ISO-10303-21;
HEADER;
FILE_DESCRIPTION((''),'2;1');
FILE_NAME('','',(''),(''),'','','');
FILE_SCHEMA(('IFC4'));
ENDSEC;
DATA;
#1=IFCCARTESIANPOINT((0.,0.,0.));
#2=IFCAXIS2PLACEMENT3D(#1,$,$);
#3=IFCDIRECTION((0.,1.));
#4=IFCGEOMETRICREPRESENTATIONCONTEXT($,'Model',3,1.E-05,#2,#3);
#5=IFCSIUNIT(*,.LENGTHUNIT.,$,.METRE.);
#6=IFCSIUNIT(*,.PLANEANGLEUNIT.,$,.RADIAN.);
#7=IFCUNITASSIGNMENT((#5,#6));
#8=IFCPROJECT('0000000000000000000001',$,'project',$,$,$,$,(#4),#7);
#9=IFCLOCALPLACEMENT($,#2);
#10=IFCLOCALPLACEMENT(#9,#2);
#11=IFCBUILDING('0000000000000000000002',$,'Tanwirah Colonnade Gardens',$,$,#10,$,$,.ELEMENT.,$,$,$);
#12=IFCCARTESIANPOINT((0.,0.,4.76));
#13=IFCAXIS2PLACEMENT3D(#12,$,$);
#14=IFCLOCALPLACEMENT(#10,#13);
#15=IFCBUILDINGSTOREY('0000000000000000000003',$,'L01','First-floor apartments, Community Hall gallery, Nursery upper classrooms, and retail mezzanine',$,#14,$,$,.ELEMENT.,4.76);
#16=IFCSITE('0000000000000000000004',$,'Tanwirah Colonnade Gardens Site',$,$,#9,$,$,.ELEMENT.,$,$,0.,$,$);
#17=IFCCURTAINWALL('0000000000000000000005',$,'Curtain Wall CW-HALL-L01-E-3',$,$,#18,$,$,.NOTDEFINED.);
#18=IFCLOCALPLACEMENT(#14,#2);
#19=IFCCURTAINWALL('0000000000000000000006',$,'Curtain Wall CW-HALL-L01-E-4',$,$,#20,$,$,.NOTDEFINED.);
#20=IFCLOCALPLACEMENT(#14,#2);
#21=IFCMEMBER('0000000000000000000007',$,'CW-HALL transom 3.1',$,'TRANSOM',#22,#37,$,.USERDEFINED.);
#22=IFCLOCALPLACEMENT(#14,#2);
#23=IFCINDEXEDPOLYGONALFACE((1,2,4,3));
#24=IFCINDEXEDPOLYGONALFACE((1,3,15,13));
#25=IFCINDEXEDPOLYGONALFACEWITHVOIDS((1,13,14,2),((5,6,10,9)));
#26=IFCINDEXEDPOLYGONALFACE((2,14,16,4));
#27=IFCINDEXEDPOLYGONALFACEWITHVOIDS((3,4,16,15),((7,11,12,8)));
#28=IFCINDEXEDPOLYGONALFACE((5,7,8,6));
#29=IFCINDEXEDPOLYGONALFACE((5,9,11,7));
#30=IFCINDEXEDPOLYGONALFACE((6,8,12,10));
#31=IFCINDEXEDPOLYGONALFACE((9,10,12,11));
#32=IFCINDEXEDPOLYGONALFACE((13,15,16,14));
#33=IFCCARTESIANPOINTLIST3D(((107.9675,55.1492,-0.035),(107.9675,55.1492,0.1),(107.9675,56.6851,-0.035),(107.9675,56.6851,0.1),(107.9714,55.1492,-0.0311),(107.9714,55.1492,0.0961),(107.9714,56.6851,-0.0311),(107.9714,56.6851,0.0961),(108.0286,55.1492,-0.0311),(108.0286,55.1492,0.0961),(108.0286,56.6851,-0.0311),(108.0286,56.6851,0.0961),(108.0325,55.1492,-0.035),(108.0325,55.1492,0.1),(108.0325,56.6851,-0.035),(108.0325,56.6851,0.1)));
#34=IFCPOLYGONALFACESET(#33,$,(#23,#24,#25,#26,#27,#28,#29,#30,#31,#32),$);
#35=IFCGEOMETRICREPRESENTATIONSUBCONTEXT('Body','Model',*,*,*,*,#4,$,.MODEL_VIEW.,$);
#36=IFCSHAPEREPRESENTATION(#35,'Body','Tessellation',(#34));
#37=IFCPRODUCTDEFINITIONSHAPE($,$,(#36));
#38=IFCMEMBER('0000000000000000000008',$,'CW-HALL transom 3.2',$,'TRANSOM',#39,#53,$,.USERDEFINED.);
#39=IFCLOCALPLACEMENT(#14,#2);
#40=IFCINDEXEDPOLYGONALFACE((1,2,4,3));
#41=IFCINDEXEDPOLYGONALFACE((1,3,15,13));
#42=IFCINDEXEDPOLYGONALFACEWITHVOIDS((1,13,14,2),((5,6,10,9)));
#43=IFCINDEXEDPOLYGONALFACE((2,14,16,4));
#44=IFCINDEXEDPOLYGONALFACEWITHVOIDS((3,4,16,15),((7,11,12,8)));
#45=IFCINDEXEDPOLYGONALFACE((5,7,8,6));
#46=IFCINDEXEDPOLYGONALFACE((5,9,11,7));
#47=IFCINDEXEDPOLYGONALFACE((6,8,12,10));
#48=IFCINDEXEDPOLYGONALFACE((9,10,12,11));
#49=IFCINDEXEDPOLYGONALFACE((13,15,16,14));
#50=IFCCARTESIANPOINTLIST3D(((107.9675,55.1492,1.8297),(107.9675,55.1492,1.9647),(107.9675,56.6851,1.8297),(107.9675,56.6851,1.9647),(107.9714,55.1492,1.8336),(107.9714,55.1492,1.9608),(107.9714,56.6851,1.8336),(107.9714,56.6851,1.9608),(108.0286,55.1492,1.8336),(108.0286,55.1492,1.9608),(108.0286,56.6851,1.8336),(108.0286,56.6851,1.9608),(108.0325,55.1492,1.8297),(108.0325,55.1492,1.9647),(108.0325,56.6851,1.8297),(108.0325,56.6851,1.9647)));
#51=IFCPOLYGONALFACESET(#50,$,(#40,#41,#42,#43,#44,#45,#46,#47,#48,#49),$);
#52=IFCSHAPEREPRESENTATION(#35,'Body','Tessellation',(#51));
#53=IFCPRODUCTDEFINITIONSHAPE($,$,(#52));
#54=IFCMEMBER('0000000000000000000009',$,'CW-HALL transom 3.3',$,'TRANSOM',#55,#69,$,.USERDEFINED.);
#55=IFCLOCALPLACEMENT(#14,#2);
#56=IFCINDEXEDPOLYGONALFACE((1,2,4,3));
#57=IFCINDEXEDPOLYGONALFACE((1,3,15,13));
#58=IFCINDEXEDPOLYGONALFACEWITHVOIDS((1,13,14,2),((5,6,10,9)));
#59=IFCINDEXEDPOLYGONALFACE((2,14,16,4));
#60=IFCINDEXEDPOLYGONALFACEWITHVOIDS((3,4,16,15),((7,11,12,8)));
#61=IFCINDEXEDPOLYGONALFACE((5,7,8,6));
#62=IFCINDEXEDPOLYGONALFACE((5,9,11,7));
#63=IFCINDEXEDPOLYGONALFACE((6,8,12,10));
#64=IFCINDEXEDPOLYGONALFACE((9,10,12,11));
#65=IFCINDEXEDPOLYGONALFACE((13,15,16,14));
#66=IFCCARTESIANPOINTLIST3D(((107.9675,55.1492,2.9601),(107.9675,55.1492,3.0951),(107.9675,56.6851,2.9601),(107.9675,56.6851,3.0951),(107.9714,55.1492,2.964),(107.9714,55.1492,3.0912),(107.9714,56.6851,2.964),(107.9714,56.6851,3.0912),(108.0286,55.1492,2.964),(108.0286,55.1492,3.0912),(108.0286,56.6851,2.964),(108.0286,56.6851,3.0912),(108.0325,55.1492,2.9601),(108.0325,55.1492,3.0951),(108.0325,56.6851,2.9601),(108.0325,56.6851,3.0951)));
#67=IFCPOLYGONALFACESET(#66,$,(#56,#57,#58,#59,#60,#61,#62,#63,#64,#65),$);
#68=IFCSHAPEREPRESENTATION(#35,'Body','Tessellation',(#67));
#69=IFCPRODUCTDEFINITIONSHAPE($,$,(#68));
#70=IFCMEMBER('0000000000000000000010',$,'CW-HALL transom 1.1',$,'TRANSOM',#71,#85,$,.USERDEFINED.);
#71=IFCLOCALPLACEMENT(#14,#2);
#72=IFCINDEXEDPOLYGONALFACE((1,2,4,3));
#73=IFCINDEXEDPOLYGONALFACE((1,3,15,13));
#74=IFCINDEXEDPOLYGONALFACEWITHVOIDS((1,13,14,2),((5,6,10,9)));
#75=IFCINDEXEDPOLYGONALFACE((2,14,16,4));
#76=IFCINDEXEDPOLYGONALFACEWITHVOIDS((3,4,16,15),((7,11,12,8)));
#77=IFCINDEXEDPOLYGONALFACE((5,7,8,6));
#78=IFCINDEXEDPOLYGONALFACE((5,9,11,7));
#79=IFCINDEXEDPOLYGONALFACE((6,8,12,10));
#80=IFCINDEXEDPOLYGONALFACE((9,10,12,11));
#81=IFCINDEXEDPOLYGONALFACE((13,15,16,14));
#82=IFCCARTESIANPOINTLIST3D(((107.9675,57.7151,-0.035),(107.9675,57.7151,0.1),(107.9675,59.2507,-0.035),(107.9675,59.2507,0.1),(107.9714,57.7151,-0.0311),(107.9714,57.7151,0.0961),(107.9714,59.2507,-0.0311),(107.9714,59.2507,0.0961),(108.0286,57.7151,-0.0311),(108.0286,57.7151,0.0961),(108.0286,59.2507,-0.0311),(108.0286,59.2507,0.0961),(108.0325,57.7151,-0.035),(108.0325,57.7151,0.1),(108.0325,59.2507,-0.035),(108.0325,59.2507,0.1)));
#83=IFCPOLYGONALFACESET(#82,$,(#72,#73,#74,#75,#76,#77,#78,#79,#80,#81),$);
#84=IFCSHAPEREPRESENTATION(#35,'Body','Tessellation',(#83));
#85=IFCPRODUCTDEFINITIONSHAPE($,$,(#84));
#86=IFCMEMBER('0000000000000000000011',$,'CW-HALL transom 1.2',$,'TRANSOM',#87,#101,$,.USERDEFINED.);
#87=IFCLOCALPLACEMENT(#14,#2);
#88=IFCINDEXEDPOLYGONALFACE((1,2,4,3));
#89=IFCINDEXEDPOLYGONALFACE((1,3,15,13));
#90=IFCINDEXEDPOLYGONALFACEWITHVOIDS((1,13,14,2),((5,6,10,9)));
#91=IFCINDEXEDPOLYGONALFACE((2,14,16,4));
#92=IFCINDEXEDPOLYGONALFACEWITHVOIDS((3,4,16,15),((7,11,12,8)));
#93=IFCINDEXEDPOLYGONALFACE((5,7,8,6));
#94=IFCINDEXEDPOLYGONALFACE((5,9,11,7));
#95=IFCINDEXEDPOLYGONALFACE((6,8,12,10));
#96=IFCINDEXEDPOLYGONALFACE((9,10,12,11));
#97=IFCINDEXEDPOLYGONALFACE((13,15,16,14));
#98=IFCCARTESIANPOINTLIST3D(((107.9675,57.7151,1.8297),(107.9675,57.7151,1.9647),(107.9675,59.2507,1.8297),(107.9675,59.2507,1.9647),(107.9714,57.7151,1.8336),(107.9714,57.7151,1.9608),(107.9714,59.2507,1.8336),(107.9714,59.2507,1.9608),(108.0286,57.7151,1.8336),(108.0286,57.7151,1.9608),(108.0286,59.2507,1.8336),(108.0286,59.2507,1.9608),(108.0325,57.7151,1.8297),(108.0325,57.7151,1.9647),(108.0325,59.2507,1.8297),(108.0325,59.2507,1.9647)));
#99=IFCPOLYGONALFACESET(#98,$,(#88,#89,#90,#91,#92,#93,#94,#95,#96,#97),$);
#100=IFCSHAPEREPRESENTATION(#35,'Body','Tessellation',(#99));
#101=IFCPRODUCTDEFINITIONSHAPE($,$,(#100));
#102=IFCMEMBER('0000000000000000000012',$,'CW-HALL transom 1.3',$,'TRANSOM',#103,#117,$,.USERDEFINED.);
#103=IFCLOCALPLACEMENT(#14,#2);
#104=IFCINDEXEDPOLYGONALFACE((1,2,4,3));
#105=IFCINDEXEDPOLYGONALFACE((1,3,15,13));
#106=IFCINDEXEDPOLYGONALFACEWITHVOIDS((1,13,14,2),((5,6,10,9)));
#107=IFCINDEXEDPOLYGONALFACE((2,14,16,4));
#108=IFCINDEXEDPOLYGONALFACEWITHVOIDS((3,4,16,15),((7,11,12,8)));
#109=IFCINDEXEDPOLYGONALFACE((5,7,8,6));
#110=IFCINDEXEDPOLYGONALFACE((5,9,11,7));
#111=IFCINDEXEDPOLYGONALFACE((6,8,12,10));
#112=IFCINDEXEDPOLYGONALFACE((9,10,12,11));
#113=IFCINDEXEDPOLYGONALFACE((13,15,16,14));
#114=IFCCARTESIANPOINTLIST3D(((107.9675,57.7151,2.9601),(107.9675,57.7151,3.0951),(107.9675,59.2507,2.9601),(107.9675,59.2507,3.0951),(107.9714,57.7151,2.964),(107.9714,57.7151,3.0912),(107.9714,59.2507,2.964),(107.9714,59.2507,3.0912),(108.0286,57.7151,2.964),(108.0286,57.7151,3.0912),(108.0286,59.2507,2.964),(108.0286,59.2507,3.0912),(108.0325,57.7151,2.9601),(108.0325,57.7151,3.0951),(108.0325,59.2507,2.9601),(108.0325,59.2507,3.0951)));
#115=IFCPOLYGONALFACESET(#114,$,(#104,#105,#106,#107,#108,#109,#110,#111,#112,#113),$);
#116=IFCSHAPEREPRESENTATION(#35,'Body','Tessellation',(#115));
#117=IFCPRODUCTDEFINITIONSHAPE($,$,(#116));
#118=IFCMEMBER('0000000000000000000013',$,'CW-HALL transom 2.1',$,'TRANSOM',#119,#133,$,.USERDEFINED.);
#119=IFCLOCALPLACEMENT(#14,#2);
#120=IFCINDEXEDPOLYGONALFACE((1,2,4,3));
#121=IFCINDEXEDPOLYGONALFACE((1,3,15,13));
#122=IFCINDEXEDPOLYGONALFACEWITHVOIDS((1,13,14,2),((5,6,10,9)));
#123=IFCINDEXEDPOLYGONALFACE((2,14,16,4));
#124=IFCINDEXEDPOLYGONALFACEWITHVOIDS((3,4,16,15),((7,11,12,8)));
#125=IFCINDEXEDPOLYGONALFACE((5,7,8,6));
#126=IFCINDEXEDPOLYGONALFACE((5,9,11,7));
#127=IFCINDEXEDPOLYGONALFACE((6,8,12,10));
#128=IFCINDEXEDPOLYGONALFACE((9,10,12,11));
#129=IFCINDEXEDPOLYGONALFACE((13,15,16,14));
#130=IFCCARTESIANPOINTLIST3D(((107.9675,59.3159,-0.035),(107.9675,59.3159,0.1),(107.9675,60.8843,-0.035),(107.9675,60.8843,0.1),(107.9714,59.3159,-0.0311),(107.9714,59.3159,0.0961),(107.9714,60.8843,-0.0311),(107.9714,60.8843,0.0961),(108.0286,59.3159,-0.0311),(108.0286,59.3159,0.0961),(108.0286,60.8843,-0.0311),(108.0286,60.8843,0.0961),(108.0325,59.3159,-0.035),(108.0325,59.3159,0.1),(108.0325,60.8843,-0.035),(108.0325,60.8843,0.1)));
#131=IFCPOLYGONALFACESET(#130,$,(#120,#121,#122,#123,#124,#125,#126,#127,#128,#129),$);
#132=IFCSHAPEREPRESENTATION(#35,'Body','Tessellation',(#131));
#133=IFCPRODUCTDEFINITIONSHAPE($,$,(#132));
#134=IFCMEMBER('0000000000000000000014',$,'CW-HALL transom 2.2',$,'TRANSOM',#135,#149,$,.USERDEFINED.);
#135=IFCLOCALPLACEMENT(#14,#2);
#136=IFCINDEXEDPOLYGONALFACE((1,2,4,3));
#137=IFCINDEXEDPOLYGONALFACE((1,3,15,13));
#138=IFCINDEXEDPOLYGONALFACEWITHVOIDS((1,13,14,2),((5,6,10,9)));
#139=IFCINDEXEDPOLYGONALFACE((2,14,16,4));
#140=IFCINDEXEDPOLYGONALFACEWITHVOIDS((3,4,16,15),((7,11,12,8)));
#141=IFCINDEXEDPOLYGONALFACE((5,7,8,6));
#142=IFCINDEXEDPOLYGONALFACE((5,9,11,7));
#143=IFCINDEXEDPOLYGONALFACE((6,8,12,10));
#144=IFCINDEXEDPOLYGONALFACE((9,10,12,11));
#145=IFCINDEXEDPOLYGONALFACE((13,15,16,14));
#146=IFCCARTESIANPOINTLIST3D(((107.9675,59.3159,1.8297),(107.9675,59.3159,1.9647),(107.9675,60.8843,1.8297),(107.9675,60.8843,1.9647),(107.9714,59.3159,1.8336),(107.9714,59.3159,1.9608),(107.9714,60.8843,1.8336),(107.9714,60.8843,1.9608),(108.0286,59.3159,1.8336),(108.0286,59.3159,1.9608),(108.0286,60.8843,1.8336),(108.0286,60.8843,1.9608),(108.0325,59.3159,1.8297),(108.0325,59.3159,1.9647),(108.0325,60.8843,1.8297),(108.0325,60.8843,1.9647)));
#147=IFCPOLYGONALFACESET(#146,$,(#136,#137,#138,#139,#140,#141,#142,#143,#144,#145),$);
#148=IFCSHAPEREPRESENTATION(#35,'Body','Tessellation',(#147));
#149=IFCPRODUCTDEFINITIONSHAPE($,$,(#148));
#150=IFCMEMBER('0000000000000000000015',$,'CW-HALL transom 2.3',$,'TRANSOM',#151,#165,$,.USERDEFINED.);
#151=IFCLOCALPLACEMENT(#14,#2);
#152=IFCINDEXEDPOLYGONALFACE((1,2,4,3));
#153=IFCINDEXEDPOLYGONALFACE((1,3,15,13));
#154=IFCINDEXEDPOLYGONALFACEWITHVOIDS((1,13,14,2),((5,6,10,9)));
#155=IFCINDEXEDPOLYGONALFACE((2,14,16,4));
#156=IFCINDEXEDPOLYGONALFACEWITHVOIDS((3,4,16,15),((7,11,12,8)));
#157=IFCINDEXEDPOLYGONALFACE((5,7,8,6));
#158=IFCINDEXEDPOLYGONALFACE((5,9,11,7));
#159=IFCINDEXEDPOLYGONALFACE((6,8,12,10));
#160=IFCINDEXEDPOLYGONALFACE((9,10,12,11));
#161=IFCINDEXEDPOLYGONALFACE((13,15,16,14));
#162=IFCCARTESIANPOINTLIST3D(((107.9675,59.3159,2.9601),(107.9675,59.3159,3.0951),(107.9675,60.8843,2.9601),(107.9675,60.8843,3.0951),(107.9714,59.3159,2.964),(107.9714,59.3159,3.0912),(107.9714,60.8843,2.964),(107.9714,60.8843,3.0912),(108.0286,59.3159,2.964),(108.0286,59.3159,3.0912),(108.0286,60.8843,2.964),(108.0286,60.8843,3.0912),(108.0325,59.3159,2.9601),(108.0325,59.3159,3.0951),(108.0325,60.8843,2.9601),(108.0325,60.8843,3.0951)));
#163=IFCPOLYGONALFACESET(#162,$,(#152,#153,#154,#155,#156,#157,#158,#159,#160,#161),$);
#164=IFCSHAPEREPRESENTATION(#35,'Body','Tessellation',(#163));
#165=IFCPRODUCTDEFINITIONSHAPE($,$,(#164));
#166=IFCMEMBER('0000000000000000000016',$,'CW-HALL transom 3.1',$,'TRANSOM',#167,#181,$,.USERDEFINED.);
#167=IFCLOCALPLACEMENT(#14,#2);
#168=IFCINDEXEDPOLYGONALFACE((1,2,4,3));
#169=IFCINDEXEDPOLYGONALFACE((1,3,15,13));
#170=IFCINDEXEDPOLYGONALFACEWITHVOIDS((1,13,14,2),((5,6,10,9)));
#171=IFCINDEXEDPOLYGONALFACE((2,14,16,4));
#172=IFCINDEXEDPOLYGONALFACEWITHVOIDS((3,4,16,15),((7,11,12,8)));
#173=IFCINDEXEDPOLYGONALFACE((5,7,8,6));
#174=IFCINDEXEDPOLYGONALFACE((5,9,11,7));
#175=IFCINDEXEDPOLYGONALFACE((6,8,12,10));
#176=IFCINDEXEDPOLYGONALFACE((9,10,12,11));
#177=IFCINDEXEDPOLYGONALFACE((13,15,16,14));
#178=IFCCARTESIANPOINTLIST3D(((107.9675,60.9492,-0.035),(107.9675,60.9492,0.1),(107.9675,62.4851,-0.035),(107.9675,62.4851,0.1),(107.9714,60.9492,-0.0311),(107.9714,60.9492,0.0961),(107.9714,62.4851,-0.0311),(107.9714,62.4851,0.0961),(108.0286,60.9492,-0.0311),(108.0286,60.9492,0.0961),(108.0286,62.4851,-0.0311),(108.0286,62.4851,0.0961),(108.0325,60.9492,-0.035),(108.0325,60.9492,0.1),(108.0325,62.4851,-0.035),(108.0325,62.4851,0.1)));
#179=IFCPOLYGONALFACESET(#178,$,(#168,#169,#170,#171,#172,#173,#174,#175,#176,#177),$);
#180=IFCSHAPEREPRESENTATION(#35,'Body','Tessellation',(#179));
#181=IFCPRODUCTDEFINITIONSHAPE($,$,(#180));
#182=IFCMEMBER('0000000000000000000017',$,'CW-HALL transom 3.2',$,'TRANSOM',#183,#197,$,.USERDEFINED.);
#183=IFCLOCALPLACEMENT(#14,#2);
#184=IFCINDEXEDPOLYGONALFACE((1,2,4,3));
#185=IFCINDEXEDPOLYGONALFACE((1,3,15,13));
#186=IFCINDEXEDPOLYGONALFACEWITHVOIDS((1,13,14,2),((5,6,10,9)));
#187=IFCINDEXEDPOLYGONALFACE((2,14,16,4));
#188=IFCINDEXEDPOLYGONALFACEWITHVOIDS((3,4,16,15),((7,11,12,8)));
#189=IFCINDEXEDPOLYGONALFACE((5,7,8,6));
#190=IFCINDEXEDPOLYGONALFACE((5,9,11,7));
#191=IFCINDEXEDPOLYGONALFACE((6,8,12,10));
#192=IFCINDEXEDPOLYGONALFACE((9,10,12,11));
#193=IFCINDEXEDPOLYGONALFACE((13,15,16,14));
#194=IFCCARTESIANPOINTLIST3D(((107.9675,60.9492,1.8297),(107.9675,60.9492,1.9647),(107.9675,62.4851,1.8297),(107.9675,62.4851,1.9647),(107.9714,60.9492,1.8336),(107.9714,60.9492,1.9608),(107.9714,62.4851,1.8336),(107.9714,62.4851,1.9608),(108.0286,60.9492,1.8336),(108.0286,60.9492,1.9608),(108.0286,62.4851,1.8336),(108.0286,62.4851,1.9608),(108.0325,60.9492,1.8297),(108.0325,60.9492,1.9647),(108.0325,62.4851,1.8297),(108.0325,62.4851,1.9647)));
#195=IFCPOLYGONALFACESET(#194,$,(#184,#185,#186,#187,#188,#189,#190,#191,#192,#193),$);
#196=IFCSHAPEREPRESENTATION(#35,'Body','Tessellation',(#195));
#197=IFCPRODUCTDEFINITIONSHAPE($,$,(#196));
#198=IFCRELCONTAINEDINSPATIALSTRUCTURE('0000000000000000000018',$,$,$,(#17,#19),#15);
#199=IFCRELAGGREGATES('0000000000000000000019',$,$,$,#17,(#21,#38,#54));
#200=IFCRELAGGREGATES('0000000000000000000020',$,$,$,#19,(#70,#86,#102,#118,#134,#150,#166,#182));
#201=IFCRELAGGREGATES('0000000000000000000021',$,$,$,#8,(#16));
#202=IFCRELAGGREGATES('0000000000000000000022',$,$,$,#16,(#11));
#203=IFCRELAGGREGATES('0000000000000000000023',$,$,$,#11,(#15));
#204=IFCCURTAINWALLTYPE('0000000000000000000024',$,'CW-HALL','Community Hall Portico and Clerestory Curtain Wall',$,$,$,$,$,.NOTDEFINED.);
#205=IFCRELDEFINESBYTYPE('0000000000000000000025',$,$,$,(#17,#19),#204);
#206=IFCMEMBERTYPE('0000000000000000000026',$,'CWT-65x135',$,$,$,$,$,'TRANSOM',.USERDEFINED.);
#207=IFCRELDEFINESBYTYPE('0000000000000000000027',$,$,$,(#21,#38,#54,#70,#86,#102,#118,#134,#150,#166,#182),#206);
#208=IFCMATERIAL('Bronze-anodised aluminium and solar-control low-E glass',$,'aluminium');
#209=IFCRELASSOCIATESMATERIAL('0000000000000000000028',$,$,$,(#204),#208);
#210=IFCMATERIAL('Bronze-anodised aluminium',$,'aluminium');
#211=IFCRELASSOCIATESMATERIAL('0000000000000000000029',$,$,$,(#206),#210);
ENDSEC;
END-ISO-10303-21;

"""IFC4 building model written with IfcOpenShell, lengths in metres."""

from ifc_helpers import new_model, si_unit, direction, frame, origin, origin_2d, place, context, subcontext, project, spatial, hollow_rectangle, extrude, material, material_profile, profile_set, type_object, element, aggregate, save


model = new_model("IFC4")

# Units and contexts
model_context = context("Model", 3, precision=1e-05, world=origin(), true_north=direction((0.0, 1.0)))
body_context = subcontext(model_context, "Body", "Model", "MODEL_VIEW")
ifc_project = project(units=[si_unit("LENGTHUNIT", "METRE"), si_unit("PLANEANGLEUNIT", "RADIAN")], contexts=[model_context])

# Site, building, storey
site_placement = place(None, origin())
site = spatial("IfcSite", under=ifc_project, at=site_placement, Name="Tanwirah Colonnade Gardens Site", CompositionType="ELEMENT", RefElevation=0.0)
building_placement = place(site_placement, origin())
building = spatial("IfcBuilding", under=site, at=building_placement, Name="Tanwirah Colonnade Gardens", CompositionType="ELEMENT")
storey_placement = place(building_placement, frame((0.0, 0.0, 4.76)))
storey = spatial("IfcBuildingStorey", under=building, at=storey_placement, Name="L01", Description="First-floor apartments, Community Hall gallery, Nursery upper classrooms, and retail mezzanine", CompositionType="ELEMENT", Elevation=4.76)

# Curtain walls
ifc_material_1 = material(Name="Bronze-anodised aluminium and solar-control low-E glass", Category="aluminium")
curtain_wall_type = type_object("IfcCurtainWallType", Name="CW-HALL", Description="Community Hall Portico and Clerestory Curtain Wall", PredefinedType="NOTDEFINED", material=ifc_material_1)
curtain_wall_1_placement = place(storey_placement, origin())
curtain_wall_1 = element("IfcCurtainWall", 1, at=curtain_wall_1_placement, inside=storey, type_object=curtain_wall_type, Name="Curtain Wall CW-HALL-L01-E-3", PredefinedType="NOTDEFINED")
ifc_material_2 = material(Name="Bronze-anodised aluminium", Category="aluminium")
curtain_wall_2_placement = place(storey_placement, origin())
curtain_wall_2 = element("IfcCurtainWall", 2, at=curtain_wall_2_placement, inside=storey, type_object=curtain_wall_type, Name="Curtain Wall CW-HALL-L01-E-4", PredefinedType="NOTDEFINED")

# Members
ifc_material_profile_1 = material_profile(ifc_material_2, hollow_rectangle(XDim=0.0649, YDim=0.135, WallThickness=0.0039, at=origin_2d()), Name="CW-TRN 65x135x4")
ifc_profile_set_1 = profile_set([ifc_material_profile_1], Name="Bronze-anodised aluminium")
member_type_1 = type_object("IfcMemberType", Name="CWT-65x135", ElementType="TRANSOM", PredefinedType="USERDEFINED", material=ifc_profile_set_1)
member_1_placement = place(storey_placement, frame((108.0, 55.1492, 0.0325), z_axis=(0.0, 1.0, 0.0), x_axis=(-1.0, 0.0, 0.0)))
member_1 = element("IfcMember", 3, at=member_1_placement, type_object=member_type_1, Name="CW-HALL transom 3.1", ObjectType="TRANSOM", PredefinedType="USERDEFINED", context=body_context, shape_type="SweptSolid", body=[
    extrude(hollow_rectangle(XDim=0.0649, YDim=0.135, WallThickness=0.0039, at=origin_2d()), origin(), (0.0, 0.0, 1.0), 1.5359),
])
member_2_placement = place(storey_placement, frame((108.0, 55.1492, 1.8972), z_axis=(0.0, 1.0, 0.0), x_axis=(-1.0, 0.0, 0.0)))
member_2 = element("IfcMember", 4, at=member_2_placement, type_object=member_type_1, Name="CW-HALL transom 3.2", ObjectType="TRANSOM", PredefinedType="USERDEFINED", context=body_context, shape_type="SweptSolid", body=[
    extrude(hollow_rectangle(XDim=0.0649, YDim=0.135, WallThickness=0.0039, at=origin_2d()), origin(), (0.0, 0.0, 1.0), 1.5359),
])
member_3_placement = place(storey_placement, frame((108.0, 55.1492, 3.0276), z_axis=(0.0, 1.0, 0.0), x_axis=(-1.0, 0.0, 0.0)))
member_3 = element("IfcMember", 5, at=member_3_placement, type_object=member_type_1, Name="CW-HALL transom 3.3", ObjectType="TRANSOM", PredefinedType="USERDEFINED", context=body_context, shape_type="SweptSolid", body=[
    extrude(hollow_rectangle(XDim=0.0649, YDim=0.135, WallThickness=0.0039, at=origin_2d()), origin(), (0.0, 0.0, 1.0), 1.5359),
])
member_4_placement = place(storey_placement, frame((108.0, 57.7151, 0.0325), z_axis=(0.0, 1.0, 0.0), x_axis=(-1.0, 0.0, 0.0)))
member_4 = element("IfcMember", 6, at=member_4_placement, type_object=member_type_1, Name="CW-HALL transom 1.1", ObjectType="TRANSOM", PredefinedType="USERDEFINED", context=body_context, shape_type="SweptSolid", body=[
    extrude(hollow_rectangle(XDim=0.0649, YDim=0.135, WallThickness=0.0039, at=origin_2d()), origin(), (0.0, 0.0, 1.0), 1.5356),
])
member_5_placement = place(storey_placement, frame((108.0, 57.7151, 1.8972), z_axis=(0.0, 1.0, 0.0), x_axis=(-1.0, 0.0, 0.0)))
member_5 = element("IfcMember", 7, at=member_5_placement, type_object=member_type_1, Name="CW-HALL transom 1.2", ObjectType="TRANSOM", PredefinedType="USERDEFINED", context=body_context, shape_type="SweptSolid", body=[
    extrude(hollow_rectangle(XDim=0.0649, YDim=0.135, WallThickness=0.0039, at=origin_2d()), origin(), (0.0, 0.0, 1.0), 1.5356),
])
member_6_placement = place(storey_placement, frame((108.0, 57.7151, 3.0276), z_axis=(0.0, 1.0, 0.0), x_axis=(-1.0, 0.0, 0.0)))
member_6 = element("IfcMember", 8, at=member_6_placement, type_object=member_type_1, Name="CW-HALL transom 1.3", ObjectType="TRANSOM", PredefinedType="USERDEFINED", context=body_context, shape_type="SweptSolid", body=[
    extrude(hollow_rectangle(XDim=0.0649, YDim=0.135, WallThickness=0.0039, at=origin_2d()), origin(), (0.0, 0.0, 1.0), 1.5356),
])
member_7_placement = place(storey_placement, frame((108.0, 59.3159, 0.0325), z_axis=(0.0, 1.0, 0.0), x_axis=(-1.0, 0.0, 0.0)))
member_7 = element("IfcMember", 9, at=member_7_placement, type_object=member_type_1, Name="CW-HALL transom 2.1", ObjectType="TRANSOM", PredefinedType="USERDEFINED", context=body_context, shape_type="SweptSolid", body=[
    extrude(hollow_rectangle(XDim=0.0649, YDim=0.135, WallThickness=0.0039, at=origin_2d()), origin(), (0.0, 0.0, 1.0), 1.5684),
])
member_8_placement = place(storey_placement, frame((108.0, 59.3159, 1.8972), z_axis=(0.0, 1.0, 0.0), x_axis=(-1.0, 0.0, 0.0)))
member_8 = element("IfcMember", 10, at=member_8_placement, type_object=member_type_1, Name="CW-HALL transom 2.2", ObjectType="TRANSOM", PredefinedType="USERDEFINED", context=body_context, shape_type="SweptSolid", body=[
    extrude(hollow_rectangle(XDim=0.0649, YDim=0.135, WallThickness=0.0039, at=origin_2d()), origin(), (0.0, 0.0, 1.0), 1.5684),
])
member_9_placement = place(storey_placement, frame((108.0, 59.3159, 3.0276), z_axis=(0.0, 1.0, 0.0), x_axis=(-1.0, 0.0, 0.0)))
member_9 = element("IfcMember", 11, at=member_9_placement, type_object=member_type_1, Name="CW-HALL transom 2.3", ObjectType="TRANSOM", PredefinedType="USERDEFINED", context=body_context, shape_type="SweptSolid", body=[
    extrude(hollow_rectangle(XDim=0.0649, YDim=0.135, WallThickness=0.0039, at=origin_2d()), origin(), (0.0, 0.0, 1.0), 1.5684),
])
member_10_placement = place(storey_placement, frame((108.0, 60.9492, 0.0325), z_axis=(0.0, 1.0, 0.0), x_axis=(-1.0, 0.0, 0.0)))
member_10 = element("IfcMember", 12, at=member_10_placement, type_object=member_type_1, Name="CW-HALL transom 3.1", ObjectType="TRANSOM", PredefinedType="USERDEFINED", context=body_context, shape_type="SweptSolid", body=[
    extrude(hollow_rectangle(XDim=0.0649, YDim=0.135, WallThickness=0.0039, at=origin_2d()), origin(), (0.0, 0.0, 1.0), 1.5359),
])
member_11_placement = place(storey_placement, frame((108.0, 60.9492, 1.8972), z_axis=(0.0, 1.0, 0.0), x_axis=(-1.0, 0.0, 0.0)))
member_11 = element("IfcMember", 13, at=member_11_placement, type_object=member_type_1, Name="CW-HALL transom 3.2", ObjectType="TRANSOM", PredefinedType="USERDEFINED", context=body_context, shape_type="SweptSolid", body=[
    extrude(hollow_rectangle(XDim=0.0649, YDim=0.135, WallThickness=0.0039, at=origin_2d()), origin(), (0.0, 0.0, 1.0), 1.5359),
])

aggregate(curtain_wall_1, [member_1, member_2, member_3])
aggregate(curtain_wall_2, [member_4, member_5, member_6, member_7, member_8, member_9, member_10, member_11])

save(model, "model.ifc")
